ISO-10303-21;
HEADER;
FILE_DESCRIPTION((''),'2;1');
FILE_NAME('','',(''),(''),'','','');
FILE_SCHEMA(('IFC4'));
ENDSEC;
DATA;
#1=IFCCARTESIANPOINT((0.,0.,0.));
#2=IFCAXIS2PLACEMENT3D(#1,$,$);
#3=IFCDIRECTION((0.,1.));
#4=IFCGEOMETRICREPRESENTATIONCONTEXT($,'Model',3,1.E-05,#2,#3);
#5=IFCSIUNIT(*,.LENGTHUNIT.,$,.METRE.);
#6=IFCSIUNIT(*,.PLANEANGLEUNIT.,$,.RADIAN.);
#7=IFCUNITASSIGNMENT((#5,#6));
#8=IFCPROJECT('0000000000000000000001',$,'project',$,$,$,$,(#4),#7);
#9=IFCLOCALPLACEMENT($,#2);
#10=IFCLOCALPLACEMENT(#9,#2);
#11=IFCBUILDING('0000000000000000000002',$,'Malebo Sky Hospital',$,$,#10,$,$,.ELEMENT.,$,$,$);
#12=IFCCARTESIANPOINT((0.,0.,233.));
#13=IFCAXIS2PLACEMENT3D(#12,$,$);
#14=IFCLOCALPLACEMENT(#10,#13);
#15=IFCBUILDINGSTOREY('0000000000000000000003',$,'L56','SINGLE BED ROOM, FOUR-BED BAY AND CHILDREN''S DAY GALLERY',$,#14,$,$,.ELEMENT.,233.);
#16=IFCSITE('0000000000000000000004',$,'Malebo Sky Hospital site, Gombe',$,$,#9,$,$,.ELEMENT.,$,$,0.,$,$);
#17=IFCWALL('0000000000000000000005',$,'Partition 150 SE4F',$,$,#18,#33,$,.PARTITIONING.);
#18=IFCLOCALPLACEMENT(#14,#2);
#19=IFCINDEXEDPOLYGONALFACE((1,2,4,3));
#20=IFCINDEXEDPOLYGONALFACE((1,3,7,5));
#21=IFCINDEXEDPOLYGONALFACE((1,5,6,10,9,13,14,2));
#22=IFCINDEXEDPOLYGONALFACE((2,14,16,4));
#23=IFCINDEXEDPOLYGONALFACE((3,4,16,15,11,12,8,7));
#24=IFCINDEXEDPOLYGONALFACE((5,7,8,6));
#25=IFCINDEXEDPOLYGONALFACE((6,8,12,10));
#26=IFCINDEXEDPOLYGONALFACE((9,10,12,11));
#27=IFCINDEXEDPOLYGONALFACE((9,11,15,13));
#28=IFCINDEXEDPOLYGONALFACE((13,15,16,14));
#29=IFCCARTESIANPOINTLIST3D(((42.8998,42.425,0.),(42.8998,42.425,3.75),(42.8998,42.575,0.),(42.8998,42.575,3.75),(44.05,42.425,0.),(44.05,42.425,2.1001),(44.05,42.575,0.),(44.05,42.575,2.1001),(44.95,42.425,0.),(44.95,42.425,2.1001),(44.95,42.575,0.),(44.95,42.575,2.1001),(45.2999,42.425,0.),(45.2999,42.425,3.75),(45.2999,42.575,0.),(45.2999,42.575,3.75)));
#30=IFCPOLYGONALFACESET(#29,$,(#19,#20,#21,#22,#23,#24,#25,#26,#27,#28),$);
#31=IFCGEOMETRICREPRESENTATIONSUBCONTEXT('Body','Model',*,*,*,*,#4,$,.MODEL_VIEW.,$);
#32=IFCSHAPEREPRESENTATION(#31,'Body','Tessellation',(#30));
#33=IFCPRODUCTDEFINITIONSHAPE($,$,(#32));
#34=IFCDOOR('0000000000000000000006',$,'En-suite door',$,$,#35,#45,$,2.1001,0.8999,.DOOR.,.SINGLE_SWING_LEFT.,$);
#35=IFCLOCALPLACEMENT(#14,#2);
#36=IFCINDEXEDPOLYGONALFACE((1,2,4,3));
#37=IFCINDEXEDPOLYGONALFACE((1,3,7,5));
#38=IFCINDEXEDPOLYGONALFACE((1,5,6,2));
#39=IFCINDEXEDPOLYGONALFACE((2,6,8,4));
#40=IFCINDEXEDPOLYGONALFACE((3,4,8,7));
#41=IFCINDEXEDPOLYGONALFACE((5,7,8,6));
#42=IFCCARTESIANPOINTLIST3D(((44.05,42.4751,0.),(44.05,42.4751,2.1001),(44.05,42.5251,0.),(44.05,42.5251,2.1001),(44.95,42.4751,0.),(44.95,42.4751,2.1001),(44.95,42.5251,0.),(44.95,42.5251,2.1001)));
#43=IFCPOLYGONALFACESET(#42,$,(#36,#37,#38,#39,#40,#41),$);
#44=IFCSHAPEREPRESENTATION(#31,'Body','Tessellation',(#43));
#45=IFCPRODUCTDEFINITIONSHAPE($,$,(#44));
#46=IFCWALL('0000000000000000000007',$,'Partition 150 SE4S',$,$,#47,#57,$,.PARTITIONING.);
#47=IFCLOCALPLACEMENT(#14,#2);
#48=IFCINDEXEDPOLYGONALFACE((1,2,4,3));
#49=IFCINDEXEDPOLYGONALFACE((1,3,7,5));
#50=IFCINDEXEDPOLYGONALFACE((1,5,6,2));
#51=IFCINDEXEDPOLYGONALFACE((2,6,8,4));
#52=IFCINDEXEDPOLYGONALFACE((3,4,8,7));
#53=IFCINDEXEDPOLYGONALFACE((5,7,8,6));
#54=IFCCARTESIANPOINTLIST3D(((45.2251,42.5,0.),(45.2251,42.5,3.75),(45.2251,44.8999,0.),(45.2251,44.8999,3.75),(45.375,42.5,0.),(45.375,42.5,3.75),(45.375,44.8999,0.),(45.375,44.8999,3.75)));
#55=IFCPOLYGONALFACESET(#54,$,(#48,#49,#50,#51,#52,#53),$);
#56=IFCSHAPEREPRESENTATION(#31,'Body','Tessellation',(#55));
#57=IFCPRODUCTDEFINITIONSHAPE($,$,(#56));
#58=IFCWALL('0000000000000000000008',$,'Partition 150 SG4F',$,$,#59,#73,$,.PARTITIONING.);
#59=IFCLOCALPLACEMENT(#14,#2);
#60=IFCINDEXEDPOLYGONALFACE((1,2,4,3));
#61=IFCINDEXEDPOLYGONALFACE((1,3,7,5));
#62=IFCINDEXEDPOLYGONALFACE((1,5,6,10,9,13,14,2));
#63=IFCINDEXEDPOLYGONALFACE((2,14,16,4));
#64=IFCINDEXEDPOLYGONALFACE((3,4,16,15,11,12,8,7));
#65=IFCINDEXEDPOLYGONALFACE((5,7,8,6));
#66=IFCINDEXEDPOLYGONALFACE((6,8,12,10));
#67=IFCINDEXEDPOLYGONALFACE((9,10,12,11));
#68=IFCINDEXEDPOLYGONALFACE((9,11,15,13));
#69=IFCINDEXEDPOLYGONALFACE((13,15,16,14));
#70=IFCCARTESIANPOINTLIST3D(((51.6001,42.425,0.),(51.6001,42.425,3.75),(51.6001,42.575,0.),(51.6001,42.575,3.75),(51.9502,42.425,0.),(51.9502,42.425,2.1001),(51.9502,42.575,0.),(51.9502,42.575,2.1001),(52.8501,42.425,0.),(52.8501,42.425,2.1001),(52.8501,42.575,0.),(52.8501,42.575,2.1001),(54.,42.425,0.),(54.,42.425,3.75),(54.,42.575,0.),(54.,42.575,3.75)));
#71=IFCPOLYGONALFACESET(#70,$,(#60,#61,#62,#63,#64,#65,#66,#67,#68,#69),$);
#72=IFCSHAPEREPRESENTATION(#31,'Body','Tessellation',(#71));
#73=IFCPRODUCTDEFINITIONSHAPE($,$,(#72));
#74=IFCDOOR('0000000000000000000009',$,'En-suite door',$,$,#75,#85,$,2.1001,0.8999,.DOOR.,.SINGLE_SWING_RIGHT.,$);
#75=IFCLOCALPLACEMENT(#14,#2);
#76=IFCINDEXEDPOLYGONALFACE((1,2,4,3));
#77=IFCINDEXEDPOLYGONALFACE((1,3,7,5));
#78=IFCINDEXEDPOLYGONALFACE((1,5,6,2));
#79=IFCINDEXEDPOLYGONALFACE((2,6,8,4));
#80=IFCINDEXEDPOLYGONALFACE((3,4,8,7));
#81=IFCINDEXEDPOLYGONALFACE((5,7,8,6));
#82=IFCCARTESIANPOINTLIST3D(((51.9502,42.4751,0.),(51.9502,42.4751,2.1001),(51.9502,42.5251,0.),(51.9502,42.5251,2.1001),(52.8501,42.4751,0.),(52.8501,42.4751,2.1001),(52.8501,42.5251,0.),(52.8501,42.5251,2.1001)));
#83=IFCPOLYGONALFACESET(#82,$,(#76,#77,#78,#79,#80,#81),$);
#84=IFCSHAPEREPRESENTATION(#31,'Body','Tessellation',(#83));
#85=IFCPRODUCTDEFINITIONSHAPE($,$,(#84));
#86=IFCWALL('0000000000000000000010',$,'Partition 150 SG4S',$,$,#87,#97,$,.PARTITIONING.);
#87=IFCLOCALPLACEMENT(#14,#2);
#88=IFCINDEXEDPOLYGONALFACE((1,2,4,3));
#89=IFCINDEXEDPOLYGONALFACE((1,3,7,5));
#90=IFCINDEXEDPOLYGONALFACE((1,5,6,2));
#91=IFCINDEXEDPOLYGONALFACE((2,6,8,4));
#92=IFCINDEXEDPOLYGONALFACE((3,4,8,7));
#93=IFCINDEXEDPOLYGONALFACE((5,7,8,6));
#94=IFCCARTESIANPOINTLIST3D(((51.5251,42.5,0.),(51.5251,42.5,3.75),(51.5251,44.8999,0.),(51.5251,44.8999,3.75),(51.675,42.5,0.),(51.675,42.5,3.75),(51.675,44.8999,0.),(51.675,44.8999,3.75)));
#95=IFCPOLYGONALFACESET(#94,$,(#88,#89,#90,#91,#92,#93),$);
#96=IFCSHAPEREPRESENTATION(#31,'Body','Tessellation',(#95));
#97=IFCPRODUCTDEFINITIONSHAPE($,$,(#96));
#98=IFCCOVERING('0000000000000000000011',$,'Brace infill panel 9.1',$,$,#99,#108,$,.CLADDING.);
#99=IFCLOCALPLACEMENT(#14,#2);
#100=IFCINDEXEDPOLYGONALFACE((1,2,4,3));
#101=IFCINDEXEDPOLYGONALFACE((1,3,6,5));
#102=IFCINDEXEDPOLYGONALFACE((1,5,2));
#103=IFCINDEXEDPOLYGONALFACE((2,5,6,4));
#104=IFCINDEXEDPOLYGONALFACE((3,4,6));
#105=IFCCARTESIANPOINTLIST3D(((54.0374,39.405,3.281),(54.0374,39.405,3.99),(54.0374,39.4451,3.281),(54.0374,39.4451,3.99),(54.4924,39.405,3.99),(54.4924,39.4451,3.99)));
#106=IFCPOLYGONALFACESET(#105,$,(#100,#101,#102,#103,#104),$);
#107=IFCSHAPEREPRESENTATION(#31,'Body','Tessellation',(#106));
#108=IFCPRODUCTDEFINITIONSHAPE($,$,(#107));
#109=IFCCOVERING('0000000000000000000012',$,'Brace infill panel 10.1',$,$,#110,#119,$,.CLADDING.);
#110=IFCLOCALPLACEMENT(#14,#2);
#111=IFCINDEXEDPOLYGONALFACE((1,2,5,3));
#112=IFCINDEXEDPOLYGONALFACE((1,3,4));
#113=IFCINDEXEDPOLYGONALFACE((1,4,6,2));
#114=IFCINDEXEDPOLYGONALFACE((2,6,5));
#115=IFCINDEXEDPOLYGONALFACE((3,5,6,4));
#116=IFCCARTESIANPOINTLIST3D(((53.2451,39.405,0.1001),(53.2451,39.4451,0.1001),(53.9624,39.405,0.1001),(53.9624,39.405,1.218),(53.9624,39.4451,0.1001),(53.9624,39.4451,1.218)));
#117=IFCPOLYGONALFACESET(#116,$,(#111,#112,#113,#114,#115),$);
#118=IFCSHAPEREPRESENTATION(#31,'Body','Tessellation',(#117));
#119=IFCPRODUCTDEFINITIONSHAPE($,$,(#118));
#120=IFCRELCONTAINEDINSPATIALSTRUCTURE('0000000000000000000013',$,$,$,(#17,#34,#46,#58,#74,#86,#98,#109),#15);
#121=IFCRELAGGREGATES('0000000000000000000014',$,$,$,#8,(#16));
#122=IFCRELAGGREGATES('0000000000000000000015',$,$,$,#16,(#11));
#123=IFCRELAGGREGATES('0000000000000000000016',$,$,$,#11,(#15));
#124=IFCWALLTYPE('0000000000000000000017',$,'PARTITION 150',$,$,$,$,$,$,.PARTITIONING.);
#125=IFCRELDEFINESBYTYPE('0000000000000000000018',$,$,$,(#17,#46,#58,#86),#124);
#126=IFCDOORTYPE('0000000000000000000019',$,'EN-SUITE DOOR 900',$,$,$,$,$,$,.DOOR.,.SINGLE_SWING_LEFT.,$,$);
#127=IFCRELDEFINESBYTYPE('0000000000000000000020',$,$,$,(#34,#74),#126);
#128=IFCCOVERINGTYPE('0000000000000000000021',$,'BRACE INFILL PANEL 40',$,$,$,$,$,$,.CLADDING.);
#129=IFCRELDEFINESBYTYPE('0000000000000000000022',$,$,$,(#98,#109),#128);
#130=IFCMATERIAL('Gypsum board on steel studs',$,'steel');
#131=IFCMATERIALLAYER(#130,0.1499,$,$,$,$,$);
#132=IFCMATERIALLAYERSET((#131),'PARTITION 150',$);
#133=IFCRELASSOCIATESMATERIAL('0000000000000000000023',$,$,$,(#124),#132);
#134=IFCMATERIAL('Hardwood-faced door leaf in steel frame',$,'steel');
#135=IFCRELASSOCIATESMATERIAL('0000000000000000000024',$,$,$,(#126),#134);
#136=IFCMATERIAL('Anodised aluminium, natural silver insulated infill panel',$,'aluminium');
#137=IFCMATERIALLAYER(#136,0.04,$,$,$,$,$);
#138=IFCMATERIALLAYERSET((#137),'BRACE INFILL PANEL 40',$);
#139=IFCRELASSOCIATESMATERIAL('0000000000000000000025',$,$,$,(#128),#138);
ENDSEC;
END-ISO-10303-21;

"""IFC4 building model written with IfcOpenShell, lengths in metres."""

from ifc_helpers import new_model, si_unit, direction, frame, frame_2d, origin, place, context, subcontext, project, spatial, polyline, rectangle, outline, extrude, material, layer, layer_set, type_object, element, fill, save


model = new_model("IFC4")

# Units and contexts
model_context = context("Model", 3, precision=1e-05, world=origin(), true_north=direction((0.0, 1.0)))
body_context = subcontext(model_context, "Body", "Model", "MODEL_VIEW")
ifc_project = project(units=[si_unit("LENGTHUNIT", "METRE"), si_unit("PLANEANGLEUNIT", "RADIAN")], contexts=[model_context])

# Site, building, storey
site_placement = place(None, origin())
site = spatial("IfcSite", under=ifc_project, at=site_placement, Name="Malebo Sky Hospital site, Gombe", CompositionType="ELEMENT", RefElevation=0.0)
building_placement = place(site_placement, origin())
building = spatial("IfcBuilding", under=site, at=building_placement, Name="Malebo Sky Hospital", CompositionType="ELEMENT")
storey_placement = place(building_placement, frame((0.0, 0.0, 233.0)))
storey = spatial("IfcBuildingStorey", under=building, at=storey_placement, Name="L56", Description="SINGLE BED ROOM, FOUR-BED BAY AND CHILDREN'S DAY GALLERY", CompositionType="ELEMENT", Elevation=233.0)

# Shared definitions
ifc_material_1 = material(Name="Gypsum board on steel studs", Category="steel")
ifc_layer_1 = layer(ifc_material_1, 0.1499)
ifc_layer_set_1 = layer_set([ifc_layer_1], Name="PARTITION 150")
wall_type = type_object("IfcWallType", Name="PARTITION 150", PredefinedType="PARTITIONING", material=ifc_layer_set_1)

# Wall, opening, door
wall_1_placement = place(storey_placement, frame((45.3, 42.5, 0.0), z_axis=(0.0, 0.0, 1.0), x_axis=(-1.0, 0.0, 0.0)))
wall_1 = element("IfcWall", 1, at=wall_1_placement, inside=storey, type_object=wall_type, Name="Partition 150 SE4F", PredefinedType="PARTITIONING", context=body_context, shape_type="SweptSolid", body=[
    extrude(rectangle(XDim=2.4001, YDim=0.1499, at=frame_2d((1.2002, 0.0))), origin(), (0.0, 0.0, 1.0), 3.75),
])
opening_1_placement = place(wall_1_placement, frame((0.3501, 0.0, 0.0)))
opening_1 = element("IfcOpeningElement", 2, at=opening_1_placement, cuts=wall_1, PredefinedType="OPENING", context=body_context, shape_type="SweptSolid", body=[
    extrude(rectangle(XDim=0.8999, YDim=2.1001, at=frame_2d((0.45, 1.05))), frame((0.0, 0.085, 0.0), z_axis=(0.0, -1.0, 0.0), x_axis=(1.0, 0.0, 0.0)), (0.0, 0.0, 1.0), 0.1699),
])
ifc_material_2 = material(Name="Hardwood-faced door leaf in steel frame", Category="steel")
door_type = type_object("IfcDoorType", Name="EN-SUITE DOOR 900", OperationType="SINGLE_SWING_LEFT", PredefinedType="DOOR", material=ifc_material_2)
door_1_placement = place(opening_1_placement, origin())
door_1 = element("IfcDoor", 3, at=door_1_placement, inside=storey, type_object=door_type, Name="En-suite door", OperationType="SINGLE_SWING_LEFT", OverallHeight=2.1001, OverallWidth=0.8999, PredefinedType="DOOR", context=body_context, shape_type="SweptSolid", body=[
    extrude(rectangle(XDim=0.8999, YDim=2.1001, at=frame_2d((0.45, 1.05))), frame((0.0, 0.0249, 0.0), z_axis=(0.0, -1.0, 0.0), x_axis=(1.0, 0.0, 0.0)), (0.0, 0.0, 1.0), 0.05),
])
fill(opening_1, door_1)

# Wall
wall_2_placement = place(storey_placement, frame((45.3, 44.8999, 0.0), z_axis=(0.0, 0.0, 1.0), x_axis=(0.0, -1.0, 0.0)))
element("IfcWall", 4, at=wall_2_placement, inside=storey, type_object=wall_type, Name="Partition 150 SE4S", PredefinedType="PARTITIONING", context=body_context, shape_type="SweptSolid", body=[
    extrude(rectangle(XDim=2.3999, YDim=0.1499, at=frame_2d((1.2, 0.0))), origin(), (0.0, 0.0, 1.0), 3.75),
])

# Wall, opening, door
wall_3_placement = place(storey_placement, frame((54.0, 42.5, 0.0), z_axis=(0.0, 0.0, 1.0), x_axis=(-1.0, 0.0, 0.0)))
wall_3 = element("IfcWall", 5, at=wall_3_placement, inside=storey, type_object=wall_type, Name="Partition 150 SG4F", PredefinedType="PARTITIONING", context=body_context, shape_type="SweptSolid", body=[
    extrude(rectangle(XDim=2.3999, YDim=0.1499, at=frame_2d((1.2, 0.0))), origin(), (0.0, 0.0, 1.0), 3.75),
])
opening_2_placement = place(wall_3_placement, frame((1.1499, 0.0, 0.0)))
opening_2 = element("IfcOpeningElement", 6, at=opening_2_placement, cuts=wall_3, PredefinedType="OPENING", context=body_context, shape_type="SweptSolid", body=[
    extrude(rectangle(XDim=0.8999, YDim=2.1001, at=frame_2d((0.45, 1.05))), frame((0.0, 0.085, 0.0), z_axis=(0.0, -1.0, 0.0), x_axis=(1.0, 0.0, 0.0)), (0.0, 0.0, 1.0), 0.1699),
])
door_2_placement = place(opening_2_placement, origin())
door_2 = element("IfcDoor", 7, at=door_2_placement, inside=storey, type_object=door_type, Name="En-suite door", OperationType="SINGLE_SWING_RIGHT", OverallHeight=2.1001, OverallWidth=0.8999, PredefinedType="DOOR", context=body_context, shape_type="SweptSolid", body=[
    extrude(rectangle(XDim=0.8999, YDim=2.1001, at=frame_2d((0.45, 1.05))), frame((0.0, 0.0249, 0.0), z_axis=(0.0, -1.0, 0.0), x_axis=(1.0, 0.0, 0.0)), (0.0, 0.0, 1.0), 0.05),
])
fill(opening_2, door_2)

# Wall
wall_4_placement = place(storey_placement, frame((51.6001, 44.8999, 0.0), z_axis=(0.0, 0.0, 1.0), x_axis=(0.0, -1.0, 0.0)))
element("IfcWall", 8, at=wall_4_placement, inside=storey, type_object=wall_type, Name="Partition 150 SG4S", PredefinedType="PARTITIONING", context=body_context, shape_type="SweptSolid", body=[
    extrude(rectangle(XDim=2.3999, YDim=0.1499, at=frame_2d((1.2, 0.0))), origin(), (0.0, 0.0, 1.0), 3.75),
])

# Coverings
ifc_material_3 = material(Name="Anodised aluminium, natural silver insulated infill panel", Category="aluminium")
ifc_layer_2 = layer(ifc_material_3, 0.04)
ifc_layer_set_2 = layer_set([ifc_layer_2], Name="BRACE INFILL PANEL 40")
covering_type = type_object("IfcCoveringType", Name="BRACE INFILL PANEL 40", PredefinedType="CLADDING", material=ifc_layer_set_2)
covering_1_placement = place(storey_placement, frame((54.2649, 39.425, 3.281), z_axis=(0.0, 0.0, 1.0), x_axis=(-1.0, 0.0, 0.0)))
element("IfcCovering", 9, at=covering_1_placement, inside=storey, type_object=covering_type, Name="Brace infill panel 9.1", PredefinedType="CLADDING", context=body_context, shape_type="SweptSolid", body=[
    extrude(outline(polyline([(0.2275, 0.0), (0.2275, 0.709), (-0.2275, 0.709), (0.2275, 0.0)])), frame((0.0, 0.02, 0.0), z_axis=(0.0, -1.0, 0.0), x_axis=(1.0, 0.0, 0.0)), (0.0, 0.0, 1.0), 0.04),
])
covering_2_placement = place(storey_placement, frame((53.6038, 39.425, 0.1001), z_axis=(0.0, 0.0, 1.0), x_axis=(-1.0, 0.0, 0.0)))
element("IfcCovering", 10, at=covering_2_placement, inside=storey, type_object=covering_type, Name="Brace infill panel 10.1", PredefinedType="CLADDING", context=body_context, shape_type="SweptSolid", body=[
    extrude(outline(polyline([(-0.3586, 0.0), (0.3586, 0.0), (-0.3586, 1.1179), (-0.3586, 0.0)])), frame((0.0, 0.02, 0.0), z_axis=(0.0, -1.0, 0.0), x_axis=(1.0, 0.0, 0.0)), (0.0, 0.0, 1.0), 0.04),
])

save(model, "model.ifc")
